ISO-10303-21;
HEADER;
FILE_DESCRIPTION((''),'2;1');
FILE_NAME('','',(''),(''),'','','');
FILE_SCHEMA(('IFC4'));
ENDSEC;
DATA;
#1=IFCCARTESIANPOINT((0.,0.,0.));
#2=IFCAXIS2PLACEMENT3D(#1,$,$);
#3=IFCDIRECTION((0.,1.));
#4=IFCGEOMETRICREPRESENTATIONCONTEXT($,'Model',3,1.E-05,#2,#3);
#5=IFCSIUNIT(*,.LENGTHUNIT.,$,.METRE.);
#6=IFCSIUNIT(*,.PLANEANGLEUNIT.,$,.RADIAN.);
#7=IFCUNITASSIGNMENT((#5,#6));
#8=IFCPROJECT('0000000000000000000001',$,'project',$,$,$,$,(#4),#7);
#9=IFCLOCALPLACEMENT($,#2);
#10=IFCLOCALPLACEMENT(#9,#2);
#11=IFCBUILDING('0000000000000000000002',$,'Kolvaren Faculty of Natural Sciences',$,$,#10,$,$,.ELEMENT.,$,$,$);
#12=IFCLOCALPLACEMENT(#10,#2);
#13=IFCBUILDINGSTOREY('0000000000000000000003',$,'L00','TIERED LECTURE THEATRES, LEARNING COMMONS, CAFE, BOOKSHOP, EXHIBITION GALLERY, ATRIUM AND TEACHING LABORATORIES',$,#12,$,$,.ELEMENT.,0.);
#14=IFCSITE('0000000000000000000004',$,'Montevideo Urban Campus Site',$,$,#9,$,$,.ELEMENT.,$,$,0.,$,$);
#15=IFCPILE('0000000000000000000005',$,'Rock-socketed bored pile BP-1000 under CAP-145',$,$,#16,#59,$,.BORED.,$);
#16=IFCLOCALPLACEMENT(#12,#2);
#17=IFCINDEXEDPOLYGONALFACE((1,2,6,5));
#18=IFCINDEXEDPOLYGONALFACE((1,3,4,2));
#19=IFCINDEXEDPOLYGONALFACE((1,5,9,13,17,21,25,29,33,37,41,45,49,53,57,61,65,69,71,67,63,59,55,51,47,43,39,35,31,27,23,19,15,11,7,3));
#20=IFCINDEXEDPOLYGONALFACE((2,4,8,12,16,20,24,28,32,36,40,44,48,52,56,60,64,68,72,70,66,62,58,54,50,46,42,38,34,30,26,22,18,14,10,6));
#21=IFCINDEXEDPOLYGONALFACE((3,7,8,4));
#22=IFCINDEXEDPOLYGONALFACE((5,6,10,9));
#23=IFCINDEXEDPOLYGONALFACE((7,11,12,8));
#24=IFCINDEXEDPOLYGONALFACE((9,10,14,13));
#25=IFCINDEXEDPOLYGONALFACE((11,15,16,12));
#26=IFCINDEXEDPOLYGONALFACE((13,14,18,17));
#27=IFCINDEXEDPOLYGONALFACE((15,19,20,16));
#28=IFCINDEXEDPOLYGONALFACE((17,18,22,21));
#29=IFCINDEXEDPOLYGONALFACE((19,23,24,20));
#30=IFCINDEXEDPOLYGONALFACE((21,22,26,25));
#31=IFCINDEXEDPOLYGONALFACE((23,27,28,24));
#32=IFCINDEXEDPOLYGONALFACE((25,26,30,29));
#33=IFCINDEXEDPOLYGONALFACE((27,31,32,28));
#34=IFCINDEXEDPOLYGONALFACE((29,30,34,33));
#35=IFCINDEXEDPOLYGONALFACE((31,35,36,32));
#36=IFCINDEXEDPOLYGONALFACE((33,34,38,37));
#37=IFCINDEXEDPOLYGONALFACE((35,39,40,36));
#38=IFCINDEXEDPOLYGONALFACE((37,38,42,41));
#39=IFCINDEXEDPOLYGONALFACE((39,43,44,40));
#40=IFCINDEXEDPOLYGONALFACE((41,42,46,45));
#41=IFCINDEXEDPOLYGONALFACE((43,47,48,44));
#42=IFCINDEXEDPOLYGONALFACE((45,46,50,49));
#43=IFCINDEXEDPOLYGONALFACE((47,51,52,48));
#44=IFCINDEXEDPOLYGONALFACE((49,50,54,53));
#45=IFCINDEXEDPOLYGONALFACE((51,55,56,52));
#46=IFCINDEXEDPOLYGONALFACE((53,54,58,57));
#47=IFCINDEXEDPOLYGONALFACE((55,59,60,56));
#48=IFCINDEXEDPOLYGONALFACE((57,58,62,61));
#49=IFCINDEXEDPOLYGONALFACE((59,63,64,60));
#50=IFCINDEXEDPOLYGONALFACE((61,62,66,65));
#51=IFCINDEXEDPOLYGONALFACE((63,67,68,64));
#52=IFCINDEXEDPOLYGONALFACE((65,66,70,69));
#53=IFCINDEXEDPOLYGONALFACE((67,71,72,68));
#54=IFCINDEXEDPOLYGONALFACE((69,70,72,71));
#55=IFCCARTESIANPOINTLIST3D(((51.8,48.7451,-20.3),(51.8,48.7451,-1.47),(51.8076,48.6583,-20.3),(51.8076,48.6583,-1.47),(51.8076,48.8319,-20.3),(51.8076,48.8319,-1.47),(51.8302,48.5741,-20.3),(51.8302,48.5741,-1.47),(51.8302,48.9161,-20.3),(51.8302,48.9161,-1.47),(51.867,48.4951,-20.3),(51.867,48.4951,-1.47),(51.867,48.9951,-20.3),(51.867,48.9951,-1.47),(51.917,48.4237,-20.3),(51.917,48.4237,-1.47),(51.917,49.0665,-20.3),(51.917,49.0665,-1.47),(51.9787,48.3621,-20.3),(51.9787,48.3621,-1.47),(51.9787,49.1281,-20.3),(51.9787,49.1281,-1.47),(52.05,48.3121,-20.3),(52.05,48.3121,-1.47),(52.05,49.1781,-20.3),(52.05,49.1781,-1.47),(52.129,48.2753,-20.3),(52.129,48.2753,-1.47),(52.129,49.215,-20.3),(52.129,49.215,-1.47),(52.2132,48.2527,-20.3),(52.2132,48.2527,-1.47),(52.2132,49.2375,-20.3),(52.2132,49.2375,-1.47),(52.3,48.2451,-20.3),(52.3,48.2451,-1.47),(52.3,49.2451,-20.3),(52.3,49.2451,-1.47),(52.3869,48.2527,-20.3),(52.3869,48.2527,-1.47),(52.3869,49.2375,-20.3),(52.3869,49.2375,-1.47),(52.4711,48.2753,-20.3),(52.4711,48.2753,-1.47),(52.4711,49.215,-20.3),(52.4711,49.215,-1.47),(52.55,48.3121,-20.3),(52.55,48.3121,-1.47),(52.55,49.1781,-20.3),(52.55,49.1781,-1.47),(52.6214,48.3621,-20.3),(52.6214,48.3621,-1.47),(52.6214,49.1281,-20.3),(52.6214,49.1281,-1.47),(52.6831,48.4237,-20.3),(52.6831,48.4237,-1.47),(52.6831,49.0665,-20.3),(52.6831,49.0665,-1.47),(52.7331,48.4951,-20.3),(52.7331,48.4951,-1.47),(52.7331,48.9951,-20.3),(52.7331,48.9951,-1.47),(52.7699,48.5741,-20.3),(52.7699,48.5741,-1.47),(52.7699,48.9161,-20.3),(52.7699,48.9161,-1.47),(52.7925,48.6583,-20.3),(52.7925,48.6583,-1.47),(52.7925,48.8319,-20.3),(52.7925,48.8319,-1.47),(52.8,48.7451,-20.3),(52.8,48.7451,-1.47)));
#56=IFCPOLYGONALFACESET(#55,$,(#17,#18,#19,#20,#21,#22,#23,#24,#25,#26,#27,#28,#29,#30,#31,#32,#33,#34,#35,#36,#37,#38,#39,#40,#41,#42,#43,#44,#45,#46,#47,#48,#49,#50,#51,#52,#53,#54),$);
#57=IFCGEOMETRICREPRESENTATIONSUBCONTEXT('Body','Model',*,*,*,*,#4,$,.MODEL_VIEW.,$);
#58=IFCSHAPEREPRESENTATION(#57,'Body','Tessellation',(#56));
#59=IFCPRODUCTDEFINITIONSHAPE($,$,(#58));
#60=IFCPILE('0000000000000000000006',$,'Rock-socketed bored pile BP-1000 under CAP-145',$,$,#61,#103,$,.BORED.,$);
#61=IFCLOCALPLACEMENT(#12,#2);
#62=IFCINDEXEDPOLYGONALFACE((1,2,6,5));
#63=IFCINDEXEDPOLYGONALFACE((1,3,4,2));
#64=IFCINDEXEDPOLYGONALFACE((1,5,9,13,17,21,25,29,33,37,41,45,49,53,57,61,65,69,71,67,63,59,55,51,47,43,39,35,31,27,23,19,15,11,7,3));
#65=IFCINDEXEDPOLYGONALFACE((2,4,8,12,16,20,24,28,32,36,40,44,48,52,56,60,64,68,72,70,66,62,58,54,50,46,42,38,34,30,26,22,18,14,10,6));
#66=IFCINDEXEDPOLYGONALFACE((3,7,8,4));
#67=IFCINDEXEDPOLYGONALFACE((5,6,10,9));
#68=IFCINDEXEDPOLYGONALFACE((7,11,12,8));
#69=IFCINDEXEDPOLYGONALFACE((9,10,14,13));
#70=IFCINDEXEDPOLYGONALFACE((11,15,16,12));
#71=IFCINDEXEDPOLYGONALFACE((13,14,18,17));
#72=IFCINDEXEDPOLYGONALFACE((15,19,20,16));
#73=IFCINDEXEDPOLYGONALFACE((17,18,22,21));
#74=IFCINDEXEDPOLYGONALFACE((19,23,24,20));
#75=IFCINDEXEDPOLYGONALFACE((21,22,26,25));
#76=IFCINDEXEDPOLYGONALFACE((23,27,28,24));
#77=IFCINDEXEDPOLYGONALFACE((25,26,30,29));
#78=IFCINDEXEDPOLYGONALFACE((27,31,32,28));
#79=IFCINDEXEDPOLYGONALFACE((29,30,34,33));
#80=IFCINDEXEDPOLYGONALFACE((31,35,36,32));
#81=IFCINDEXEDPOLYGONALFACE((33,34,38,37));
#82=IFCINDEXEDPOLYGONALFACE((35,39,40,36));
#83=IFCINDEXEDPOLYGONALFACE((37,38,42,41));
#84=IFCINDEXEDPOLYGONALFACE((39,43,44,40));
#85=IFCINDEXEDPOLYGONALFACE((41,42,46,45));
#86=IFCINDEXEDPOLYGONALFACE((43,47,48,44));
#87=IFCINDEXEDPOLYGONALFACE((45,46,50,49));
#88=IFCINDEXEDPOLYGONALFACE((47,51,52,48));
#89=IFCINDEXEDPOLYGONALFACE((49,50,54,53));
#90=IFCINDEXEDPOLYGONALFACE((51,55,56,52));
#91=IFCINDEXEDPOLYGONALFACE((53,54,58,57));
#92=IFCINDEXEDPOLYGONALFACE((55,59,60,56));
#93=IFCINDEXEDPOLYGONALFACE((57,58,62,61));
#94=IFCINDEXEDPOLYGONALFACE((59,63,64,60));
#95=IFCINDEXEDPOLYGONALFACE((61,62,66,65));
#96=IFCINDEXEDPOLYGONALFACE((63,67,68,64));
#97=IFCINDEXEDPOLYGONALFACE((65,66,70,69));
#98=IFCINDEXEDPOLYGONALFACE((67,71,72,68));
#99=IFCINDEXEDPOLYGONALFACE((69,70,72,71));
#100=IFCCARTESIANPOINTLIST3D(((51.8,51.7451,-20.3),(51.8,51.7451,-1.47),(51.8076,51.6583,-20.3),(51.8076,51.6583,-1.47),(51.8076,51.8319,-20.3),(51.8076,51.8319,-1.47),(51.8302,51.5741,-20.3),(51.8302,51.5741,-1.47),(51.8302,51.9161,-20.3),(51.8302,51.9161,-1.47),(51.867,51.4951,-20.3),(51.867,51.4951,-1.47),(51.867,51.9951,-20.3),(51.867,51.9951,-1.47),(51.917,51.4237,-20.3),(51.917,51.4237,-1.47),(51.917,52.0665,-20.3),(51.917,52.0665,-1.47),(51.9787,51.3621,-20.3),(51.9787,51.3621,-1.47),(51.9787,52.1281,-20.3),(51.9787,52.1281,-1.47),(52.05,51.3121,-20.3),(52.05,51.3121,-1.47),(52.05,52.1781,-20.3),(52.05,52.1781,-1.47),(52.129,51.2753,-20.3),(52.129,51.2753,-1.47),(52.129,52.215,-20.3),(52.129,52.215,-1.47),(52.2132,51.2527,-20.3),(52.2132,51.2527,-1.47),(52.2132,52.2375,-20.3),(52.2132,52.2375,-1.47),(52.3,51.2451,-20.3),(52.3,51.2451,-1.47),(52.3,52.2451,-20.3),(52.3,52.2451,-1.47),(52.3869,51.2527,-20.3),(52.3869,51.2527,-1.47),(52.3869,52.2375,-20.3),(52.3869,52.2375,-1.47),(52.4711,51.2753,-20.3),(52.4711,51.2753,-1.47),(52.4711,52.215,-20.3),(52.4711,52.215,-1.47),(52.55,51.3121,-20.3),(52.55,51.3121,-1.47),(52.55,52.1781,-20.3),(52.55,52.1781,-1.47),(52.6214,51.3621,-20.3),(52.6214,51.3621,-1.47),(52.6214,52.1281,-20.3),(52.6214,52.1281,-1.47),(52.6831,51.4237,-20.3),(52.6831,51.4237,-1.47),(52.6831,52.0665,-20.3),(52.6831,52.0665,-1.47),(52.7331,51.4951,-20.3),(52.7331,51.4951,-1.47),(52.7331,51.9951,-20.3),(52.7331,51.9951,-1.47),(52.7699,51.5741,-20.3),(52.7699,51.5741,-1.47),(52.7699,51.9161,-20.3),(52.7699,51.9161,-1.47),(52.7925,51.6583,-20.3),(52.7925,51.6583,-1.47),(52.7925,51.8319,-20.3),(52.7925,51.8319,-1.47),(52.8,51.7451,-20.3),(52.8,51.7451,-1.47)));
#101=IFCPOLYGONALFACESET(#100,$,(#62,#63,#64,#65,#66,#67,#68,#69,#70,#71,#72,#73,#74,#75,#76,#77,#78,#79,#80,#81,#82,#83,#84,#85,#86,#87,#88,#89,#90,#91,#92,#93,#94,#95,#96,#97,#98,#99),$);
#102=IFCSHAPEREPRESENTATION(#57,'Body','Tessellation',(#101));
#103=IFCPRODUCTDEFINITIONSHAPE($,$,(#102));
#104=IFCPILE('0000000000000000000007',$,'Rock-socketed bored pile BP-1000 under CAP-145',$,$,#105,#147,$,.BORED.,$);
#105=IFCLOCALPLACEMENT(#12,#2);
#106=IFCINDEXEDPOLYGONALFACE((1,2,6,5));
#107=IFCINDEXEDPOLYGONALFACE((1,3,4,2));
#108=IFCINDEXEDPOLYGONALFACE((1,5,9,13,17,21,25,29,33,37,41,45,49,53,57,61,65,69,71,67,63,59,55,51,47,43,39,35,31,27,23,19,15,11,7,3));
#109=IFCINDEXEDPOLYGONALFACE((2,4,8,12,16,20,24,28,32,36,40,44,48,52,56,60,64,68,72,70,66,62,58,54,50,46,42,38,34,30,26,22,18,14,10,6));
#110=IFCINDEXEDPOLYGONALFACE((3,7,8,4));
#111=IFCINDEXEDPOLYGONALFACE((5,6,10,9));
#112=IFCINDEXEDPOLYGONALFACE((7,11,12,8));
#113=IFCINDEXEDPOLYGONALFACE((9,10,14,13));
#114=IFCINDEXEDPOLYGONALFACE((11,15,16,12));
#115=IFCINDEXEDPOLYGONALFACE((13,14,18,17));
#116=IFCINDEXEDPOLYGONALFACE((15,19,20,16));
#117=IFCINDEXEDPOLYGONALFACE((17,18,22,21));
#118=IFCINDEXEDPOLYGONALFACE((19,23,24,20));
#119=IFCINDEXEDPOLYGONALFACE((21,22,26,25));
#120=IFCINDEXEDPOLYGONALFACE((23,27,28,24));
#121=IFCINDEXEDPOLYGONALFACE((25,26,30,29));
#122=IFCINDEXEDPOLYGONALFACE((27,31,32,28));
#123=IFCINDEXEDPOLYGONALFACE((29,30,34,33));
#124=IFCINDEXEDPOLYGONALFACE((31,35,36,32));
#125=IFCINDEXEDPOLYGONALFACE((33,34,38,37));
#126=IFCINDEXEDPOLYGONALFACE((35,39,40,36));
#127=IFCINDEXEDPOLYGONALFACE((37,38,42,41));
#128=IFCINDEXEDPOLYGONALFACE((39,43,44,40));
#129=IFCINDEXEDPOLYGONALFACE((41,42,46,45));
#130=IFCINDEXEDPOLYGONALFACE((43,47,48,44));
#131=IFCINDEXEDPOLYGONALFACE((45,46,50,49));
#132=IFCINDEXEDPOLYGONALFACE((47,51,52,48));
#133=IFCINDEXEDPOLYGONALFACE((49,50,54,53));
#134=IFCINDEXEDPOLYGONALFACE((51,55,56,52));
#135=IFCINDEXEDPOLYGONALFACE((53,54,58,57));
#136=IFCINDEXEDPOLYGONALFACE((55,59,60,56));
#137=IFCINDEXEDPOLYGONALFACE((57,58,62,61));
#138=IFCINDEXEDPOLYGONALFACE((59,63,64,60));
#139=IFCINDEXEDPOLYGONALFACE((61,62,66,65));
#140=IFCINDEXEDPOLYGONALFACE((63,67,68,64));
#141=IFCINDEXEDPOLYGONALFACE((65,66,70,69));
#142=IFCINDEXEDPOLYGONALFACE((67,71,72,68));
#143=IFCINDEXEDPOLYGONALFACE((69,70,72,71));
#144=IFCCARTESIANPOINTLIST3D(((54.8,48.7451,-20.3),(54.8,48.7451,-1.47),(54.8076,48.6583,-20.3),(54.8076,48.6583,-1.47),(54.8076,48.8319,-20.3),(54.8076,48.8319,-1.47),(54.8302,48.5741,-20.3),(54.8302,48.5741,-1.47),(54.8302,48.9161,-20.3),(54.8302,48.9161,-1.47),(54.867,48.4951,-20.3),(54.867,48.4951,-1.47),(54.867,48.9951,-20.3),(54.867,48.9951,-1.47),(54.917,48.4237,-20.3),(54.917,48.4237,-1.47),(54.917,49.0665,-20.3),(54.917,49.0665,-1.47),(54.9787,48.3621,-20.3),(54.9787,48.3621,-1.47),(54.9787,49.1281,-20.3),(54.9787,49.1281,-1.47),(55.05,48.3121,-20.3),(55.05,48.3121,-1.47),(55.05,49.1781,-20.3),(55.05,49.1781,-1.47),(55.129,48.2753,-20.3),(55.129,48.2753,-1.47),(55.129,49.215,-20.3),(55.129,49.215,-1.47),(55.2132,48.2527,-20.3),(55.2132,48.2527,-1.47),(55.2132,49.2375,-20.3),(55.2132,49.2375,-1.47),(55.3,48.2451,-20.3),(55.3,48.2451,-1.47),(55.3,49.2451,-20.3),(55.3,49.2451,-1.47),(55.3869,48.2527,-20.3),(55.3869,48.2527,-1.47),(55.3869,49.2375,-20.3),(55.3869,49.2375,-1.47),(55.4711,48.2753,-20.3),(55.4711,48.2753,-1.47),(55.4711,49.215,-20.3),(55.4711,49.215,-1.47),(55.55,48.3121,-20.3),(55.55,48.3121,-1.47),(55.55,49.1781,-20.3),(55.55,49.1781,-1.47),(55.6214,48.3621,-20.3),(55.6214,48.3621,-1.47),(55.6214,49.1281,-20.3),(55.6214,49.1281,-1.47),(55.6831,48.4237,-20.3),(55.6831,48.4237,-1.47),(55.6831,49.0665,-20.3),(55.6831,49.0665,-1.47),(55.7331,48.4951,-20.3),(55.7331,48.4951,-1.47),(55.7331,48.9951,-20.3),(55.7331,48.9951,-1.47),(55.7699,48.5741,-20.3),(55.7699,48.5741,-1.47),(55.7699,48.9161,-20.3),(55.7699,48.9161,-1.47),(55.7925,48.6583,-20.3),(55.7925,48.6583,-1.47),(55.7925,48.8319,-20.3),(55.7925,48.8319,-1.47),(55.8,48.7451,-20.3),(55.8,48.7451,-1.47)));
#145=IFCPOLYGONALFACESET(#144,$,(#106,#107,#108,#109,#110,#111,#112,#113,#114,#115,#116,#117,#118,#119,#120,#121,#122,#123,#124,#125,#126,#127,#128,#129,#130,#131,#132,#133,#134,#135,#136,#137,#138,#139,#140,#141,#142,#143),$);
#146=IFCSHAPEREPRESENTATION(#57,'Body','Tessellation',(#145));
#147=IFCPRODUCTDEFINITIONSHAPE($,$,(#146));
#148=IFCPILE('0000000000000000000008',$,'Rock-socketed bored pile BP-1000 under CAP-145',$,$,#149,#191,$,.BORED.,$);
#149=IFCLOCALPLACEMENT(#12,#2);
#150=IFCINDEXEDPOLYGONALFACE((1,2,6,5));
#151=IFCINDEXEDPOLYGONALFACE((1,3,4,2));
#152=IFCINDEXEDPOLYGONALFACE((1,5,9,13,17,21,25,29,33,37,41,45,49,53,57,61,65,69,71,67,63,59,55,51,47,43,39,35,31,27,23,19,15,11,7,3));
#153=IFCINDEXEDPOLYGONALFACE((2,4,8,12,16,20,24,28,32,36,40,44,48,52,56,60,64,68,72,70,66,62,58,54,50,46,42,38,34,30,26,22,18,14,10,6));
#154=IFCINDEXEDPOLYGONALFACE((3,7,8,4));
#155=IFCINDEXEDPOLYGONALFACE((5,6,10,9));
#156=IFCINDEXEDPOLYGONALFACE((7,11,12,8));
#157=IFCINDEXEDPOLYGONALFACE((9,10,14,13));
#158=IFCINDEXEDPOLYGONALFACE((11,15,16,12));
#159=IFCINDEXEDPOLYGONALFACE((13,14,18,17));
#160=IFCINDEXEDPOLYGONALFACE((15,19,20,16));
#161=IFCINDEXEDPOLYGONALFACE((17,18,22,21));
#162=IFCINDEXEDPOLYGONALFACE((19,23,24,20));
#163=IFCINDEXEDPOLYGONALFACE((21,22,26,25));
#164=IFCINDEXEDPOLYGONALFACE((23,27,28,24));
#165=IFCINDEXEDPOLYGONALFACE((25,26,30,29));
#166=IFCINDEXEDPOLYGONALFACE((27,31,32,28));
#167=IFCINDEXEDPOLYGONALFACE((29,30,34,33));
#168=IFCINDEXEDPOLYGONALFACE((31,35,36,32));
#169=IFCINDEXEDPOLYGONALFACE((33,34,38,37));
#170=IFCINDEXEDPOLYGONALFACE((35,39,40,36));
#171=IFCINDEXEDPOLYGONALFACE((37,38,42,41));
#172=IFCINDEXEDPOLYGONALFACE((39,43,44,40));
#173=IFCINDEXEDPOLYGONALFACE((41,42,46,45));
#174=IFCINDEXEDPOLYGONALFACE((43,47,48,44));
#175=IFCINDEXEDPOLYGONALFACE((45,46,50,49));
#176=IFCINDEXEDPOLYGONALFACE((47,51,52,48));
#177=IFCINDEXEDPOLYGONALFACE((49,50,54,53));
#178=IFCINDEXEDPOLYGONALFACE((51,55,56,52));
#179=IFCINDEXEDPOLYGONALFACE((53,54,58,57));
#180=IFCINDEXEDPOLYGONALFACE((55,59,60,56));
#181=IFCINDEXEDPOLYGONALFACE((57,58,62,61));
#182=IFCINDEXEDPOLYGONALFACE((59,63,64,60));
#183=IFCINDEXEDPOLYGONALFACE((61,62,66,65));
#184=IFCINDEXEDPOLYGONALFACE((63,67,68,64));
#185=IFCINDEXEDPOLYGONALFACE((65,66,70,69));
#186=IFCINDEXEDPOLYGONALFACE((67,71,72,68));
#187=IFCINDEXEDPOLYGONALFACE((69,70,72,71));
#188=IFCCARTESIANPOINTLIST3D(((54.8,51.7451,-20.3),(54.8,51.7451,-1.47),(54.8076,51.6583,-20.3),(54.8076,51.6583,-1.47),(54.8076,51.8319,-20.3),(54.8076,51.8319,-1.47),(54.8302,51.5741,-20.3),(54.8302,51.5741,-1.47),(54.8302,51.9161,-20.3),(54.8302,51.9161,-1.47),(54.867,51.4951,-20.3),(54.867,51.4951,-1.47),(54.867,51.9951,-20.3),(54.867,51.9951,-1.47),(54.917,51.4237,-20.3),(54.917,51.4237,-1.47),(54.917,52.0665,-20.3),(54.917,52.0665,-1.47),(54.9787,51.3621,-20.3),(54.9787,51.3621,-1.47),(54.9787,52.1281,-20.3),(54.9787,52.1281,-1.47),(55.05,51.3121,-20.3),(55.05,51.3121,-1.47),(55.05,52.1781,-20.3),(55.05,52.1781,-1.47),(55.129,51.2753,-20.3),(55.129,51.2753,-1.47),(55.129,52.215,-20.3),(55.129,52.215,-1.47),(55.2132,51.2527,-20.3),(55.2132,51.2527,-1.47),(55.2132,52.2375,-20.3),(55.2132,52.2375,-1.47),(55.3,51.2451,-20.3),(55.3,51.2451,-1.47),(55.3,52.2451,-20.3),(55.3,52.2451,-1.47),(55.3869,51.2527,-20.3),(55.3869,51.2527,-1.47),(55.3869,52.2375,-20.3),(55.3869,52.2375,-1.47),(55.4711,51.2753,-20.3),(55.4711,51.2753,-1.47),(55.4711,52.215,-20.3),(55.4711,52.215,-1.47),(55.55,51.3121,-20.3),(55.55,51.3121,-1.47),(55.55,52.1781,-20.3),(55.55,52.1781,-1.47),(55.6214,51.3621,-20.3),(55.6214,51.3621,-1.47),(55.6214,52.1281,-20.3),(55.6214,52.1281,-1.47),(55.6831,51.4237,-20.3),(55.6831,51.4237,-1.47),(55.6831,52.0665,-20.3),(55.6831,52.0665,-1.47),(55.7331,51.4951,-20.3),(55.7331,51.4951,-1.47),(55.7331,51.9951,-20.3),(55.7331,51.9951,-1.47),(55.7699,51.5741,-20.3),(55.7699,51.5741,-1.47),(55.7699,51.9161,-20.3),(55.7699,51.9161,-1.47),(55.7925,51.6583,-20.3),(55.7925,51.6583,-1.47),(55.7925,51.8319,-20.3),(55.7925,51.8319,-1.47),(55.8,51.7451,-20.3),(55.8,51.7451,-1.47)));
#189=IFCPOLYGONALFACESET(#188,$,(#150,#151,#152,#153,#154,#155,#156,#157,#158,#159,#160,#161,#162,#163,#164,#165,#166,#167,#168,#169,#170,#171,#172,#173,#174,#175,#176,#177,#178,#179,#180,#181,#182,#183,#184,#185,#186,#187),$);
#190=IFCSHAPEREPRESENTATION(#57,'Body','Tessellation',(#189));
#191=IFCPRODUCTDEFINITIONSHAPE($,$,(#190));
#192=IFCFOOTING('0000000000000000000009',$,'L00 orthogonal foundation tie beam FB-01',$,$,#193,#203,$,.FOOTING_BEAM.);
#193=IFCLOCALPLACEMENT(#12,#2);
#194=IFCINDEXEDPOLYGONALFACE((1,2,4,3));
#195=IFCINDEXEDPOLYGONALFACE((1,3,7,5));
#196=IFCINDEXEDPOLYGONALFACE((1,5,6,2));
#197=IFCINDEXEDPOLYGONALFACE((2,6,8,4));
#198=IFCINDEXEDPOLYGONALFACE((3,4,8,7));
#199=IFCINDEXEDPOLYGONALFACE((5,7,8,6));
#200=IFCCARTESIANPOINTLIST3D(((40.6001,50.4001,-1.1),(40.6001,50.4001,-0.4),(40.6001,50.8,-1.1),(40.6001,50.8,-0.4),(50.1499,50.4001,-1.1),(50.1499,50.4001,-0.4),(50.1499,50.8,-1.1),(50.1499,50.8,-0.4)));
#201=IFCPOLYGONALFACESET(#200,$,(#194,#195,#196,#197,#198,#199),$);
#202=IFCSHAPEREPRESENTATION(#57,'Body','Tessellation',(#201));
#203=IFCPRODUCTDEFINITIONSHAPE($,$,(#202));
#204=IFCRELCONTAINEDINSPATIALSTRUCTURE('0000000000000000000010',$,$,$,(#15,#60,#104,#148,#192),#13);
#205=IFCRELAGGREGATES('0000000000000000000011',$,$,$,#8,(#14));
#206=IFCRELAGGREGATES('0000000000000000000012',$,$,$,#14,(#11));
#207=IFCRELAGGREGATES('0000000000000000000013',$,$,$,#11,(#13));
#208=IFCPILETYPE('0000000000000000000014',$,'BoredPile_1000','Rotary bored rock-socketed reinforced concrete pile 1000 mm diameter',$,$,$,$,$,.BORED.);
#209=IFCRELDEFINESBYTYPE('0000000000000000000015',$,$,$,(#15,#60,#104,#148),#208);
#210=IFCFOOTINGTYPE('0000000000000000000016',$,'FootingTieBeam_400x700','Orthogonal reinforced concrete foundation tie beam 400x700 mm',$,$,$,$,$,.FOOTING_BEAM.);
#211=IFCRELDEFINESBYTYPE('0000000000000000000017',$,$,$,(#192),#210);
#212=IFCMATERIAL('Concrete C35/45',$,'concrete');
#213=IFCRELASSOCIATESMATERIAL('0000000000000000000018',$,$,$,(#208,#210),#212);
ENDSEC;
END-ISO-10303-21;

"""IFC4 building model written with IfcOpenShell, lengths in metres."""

from ifc_helpers import new_model, si_unit, direction, frame, origin, origin_2d, place, context, subcontext, project, spatial, rectangle, circle, extrude, material, material_profile, profile_set, type_object, element, save


model = new_model("IFC4")

# Units and contexts
model_context = context("Model", 3, precision=1e-05, world=origin(), true_north=direction((0.0, 1.0)))
body_context = subcontext(model_context, "Body", "Model", "MODEL_VIEW")
ifc_project = project(units=[si_unit("LENGTHUNIT", "METRE"), si_unit("PLANEANGLEUNIT", "RADIAN")], contexts=[model_context])

# Site, building, storey
site_placement = place(None, origin())
site = spatial("IfcSite", under=ifc_project, at=site_placement, Name="Montevideo Urban Campus Site", CompositionType="ELEMENT", RefElevation=0.0)
building_placement = place(site_placement, origin())
building = spatial("IfcBuilding", under=site, at=building_placement, Name="Kolvaren Faculty of Natural Sciences", CompositionType="ELEMENT")
storey_placement = place(building_placement, origin())
storey = spatial("IfcBuildingStorey", under=building, at=storey_placement, Name="L00", Description="TIERED LECTURE THEATRES, LEARNING COMMONS, CAFE, BOOKSHOP, EXHIBITION GALLERY, ATRIUM AND TEACHING LABORATORIES", CompositionType="ELEMENT", Elevation=0.0)

# Piles
ifc_material_1 = material(Name="Concrete C35/45", Category="concrete")
ifc_material_profile_1 = material_profile(ifc_material_1, circle(Radius=0.5, at=origin_2d()), Name="PILE D1000")
ifc_profile_set_1 = profile_set([ifc_material_profile_1], Name="Concrete C35/45")
pile_type = type_object("IfcPileType", Name="BoredPile_1000", Description="Rotary bored rock-socketed reinforced concrete pile 1000 mm diameter", PredefinedType="BORED", material=ifc_profile_set_1)
for number, where, z_axis, x_axis, name in (
    (1, (52.3, 48.7451, -1.47), (0.0, 0.0, -1.0), (1.0, 0.0, 0.0), "Rock-socketed bored pile BP-1000 under CAP-145"),
    (2, (52.3, 51.7451, -1.47), (0.0, 0.0, -1.0), (1.0, 0.0, 0.0), "Rock-socketed bored pile BP-1000 under CAP-145"),
    (3, (55.3, 48.7451, -1.47), (0.0, 0.0, -1.0), (1.0, 0.0, 0.0), "Rock-socketed bored pile BP-1000 under CAP-145"),
    (4, (55.3, 51.7451, -1.47), (0.0, 0.0, -1.0), (1.0, 0.0, 0.0), "Rock-socketed bored pile BP-1000 under CAP-145"),
):
    element("IfcPile", number, at=place(storey_placement, frame(where, z_axis=z_axis, x_axis=x_axis)), inside=storey, type_object=pile_type, Name=name, PredefinedType="BORED", context=body_context, shape_type="SweptSolid", body=[
        extrude(circle(Radius=0.5, at=origin_2d()), origin(), (0.0, 0.0, 1.0), 18.8301),
    ])

# Footing
ifc_material_profile_2 = material_profile(ifc_material_1, rectangle(XDim=0.3999, YDim=0.7, at=origin_2d()), Name="RC FB 400x700")
ifc_profile_set_2 = profile_set([ifc_material_profile_2], Name="Concrete C35/45")
footing_type_1 = type_object("IfcFootingType", Name="FootingTieBeam_400x700", Description="Orthogonal reinforced concrete foundation tie beam 400x700 mm", PredefinedType="FOOTING_BEAM", material=ifc_profile_set_2)
footing_1_placement = place(storey_placement, frame((40.6001, 50.6001, -0.75), z_axis=(1.0, 0.0, 0.0), x_axis=(0.0, 1.0, 0.0)))
element("IfcFooting", 5, at=footing_1_placement, inside=storey, type_object=footing_type_1, Name="L00 orthogonal foundation tie beam FB-01", PredefinedType="FOOTING_BEAM", context=body_context, shape_type="SweptSolid", body=[
    extrude(rectangle(XDim=0.3999, YDim=0.7, at=origin_2d()), origin(), (0.0, 0.0, 1.0), 9.5498),
])

save(model, "model.ifc")
